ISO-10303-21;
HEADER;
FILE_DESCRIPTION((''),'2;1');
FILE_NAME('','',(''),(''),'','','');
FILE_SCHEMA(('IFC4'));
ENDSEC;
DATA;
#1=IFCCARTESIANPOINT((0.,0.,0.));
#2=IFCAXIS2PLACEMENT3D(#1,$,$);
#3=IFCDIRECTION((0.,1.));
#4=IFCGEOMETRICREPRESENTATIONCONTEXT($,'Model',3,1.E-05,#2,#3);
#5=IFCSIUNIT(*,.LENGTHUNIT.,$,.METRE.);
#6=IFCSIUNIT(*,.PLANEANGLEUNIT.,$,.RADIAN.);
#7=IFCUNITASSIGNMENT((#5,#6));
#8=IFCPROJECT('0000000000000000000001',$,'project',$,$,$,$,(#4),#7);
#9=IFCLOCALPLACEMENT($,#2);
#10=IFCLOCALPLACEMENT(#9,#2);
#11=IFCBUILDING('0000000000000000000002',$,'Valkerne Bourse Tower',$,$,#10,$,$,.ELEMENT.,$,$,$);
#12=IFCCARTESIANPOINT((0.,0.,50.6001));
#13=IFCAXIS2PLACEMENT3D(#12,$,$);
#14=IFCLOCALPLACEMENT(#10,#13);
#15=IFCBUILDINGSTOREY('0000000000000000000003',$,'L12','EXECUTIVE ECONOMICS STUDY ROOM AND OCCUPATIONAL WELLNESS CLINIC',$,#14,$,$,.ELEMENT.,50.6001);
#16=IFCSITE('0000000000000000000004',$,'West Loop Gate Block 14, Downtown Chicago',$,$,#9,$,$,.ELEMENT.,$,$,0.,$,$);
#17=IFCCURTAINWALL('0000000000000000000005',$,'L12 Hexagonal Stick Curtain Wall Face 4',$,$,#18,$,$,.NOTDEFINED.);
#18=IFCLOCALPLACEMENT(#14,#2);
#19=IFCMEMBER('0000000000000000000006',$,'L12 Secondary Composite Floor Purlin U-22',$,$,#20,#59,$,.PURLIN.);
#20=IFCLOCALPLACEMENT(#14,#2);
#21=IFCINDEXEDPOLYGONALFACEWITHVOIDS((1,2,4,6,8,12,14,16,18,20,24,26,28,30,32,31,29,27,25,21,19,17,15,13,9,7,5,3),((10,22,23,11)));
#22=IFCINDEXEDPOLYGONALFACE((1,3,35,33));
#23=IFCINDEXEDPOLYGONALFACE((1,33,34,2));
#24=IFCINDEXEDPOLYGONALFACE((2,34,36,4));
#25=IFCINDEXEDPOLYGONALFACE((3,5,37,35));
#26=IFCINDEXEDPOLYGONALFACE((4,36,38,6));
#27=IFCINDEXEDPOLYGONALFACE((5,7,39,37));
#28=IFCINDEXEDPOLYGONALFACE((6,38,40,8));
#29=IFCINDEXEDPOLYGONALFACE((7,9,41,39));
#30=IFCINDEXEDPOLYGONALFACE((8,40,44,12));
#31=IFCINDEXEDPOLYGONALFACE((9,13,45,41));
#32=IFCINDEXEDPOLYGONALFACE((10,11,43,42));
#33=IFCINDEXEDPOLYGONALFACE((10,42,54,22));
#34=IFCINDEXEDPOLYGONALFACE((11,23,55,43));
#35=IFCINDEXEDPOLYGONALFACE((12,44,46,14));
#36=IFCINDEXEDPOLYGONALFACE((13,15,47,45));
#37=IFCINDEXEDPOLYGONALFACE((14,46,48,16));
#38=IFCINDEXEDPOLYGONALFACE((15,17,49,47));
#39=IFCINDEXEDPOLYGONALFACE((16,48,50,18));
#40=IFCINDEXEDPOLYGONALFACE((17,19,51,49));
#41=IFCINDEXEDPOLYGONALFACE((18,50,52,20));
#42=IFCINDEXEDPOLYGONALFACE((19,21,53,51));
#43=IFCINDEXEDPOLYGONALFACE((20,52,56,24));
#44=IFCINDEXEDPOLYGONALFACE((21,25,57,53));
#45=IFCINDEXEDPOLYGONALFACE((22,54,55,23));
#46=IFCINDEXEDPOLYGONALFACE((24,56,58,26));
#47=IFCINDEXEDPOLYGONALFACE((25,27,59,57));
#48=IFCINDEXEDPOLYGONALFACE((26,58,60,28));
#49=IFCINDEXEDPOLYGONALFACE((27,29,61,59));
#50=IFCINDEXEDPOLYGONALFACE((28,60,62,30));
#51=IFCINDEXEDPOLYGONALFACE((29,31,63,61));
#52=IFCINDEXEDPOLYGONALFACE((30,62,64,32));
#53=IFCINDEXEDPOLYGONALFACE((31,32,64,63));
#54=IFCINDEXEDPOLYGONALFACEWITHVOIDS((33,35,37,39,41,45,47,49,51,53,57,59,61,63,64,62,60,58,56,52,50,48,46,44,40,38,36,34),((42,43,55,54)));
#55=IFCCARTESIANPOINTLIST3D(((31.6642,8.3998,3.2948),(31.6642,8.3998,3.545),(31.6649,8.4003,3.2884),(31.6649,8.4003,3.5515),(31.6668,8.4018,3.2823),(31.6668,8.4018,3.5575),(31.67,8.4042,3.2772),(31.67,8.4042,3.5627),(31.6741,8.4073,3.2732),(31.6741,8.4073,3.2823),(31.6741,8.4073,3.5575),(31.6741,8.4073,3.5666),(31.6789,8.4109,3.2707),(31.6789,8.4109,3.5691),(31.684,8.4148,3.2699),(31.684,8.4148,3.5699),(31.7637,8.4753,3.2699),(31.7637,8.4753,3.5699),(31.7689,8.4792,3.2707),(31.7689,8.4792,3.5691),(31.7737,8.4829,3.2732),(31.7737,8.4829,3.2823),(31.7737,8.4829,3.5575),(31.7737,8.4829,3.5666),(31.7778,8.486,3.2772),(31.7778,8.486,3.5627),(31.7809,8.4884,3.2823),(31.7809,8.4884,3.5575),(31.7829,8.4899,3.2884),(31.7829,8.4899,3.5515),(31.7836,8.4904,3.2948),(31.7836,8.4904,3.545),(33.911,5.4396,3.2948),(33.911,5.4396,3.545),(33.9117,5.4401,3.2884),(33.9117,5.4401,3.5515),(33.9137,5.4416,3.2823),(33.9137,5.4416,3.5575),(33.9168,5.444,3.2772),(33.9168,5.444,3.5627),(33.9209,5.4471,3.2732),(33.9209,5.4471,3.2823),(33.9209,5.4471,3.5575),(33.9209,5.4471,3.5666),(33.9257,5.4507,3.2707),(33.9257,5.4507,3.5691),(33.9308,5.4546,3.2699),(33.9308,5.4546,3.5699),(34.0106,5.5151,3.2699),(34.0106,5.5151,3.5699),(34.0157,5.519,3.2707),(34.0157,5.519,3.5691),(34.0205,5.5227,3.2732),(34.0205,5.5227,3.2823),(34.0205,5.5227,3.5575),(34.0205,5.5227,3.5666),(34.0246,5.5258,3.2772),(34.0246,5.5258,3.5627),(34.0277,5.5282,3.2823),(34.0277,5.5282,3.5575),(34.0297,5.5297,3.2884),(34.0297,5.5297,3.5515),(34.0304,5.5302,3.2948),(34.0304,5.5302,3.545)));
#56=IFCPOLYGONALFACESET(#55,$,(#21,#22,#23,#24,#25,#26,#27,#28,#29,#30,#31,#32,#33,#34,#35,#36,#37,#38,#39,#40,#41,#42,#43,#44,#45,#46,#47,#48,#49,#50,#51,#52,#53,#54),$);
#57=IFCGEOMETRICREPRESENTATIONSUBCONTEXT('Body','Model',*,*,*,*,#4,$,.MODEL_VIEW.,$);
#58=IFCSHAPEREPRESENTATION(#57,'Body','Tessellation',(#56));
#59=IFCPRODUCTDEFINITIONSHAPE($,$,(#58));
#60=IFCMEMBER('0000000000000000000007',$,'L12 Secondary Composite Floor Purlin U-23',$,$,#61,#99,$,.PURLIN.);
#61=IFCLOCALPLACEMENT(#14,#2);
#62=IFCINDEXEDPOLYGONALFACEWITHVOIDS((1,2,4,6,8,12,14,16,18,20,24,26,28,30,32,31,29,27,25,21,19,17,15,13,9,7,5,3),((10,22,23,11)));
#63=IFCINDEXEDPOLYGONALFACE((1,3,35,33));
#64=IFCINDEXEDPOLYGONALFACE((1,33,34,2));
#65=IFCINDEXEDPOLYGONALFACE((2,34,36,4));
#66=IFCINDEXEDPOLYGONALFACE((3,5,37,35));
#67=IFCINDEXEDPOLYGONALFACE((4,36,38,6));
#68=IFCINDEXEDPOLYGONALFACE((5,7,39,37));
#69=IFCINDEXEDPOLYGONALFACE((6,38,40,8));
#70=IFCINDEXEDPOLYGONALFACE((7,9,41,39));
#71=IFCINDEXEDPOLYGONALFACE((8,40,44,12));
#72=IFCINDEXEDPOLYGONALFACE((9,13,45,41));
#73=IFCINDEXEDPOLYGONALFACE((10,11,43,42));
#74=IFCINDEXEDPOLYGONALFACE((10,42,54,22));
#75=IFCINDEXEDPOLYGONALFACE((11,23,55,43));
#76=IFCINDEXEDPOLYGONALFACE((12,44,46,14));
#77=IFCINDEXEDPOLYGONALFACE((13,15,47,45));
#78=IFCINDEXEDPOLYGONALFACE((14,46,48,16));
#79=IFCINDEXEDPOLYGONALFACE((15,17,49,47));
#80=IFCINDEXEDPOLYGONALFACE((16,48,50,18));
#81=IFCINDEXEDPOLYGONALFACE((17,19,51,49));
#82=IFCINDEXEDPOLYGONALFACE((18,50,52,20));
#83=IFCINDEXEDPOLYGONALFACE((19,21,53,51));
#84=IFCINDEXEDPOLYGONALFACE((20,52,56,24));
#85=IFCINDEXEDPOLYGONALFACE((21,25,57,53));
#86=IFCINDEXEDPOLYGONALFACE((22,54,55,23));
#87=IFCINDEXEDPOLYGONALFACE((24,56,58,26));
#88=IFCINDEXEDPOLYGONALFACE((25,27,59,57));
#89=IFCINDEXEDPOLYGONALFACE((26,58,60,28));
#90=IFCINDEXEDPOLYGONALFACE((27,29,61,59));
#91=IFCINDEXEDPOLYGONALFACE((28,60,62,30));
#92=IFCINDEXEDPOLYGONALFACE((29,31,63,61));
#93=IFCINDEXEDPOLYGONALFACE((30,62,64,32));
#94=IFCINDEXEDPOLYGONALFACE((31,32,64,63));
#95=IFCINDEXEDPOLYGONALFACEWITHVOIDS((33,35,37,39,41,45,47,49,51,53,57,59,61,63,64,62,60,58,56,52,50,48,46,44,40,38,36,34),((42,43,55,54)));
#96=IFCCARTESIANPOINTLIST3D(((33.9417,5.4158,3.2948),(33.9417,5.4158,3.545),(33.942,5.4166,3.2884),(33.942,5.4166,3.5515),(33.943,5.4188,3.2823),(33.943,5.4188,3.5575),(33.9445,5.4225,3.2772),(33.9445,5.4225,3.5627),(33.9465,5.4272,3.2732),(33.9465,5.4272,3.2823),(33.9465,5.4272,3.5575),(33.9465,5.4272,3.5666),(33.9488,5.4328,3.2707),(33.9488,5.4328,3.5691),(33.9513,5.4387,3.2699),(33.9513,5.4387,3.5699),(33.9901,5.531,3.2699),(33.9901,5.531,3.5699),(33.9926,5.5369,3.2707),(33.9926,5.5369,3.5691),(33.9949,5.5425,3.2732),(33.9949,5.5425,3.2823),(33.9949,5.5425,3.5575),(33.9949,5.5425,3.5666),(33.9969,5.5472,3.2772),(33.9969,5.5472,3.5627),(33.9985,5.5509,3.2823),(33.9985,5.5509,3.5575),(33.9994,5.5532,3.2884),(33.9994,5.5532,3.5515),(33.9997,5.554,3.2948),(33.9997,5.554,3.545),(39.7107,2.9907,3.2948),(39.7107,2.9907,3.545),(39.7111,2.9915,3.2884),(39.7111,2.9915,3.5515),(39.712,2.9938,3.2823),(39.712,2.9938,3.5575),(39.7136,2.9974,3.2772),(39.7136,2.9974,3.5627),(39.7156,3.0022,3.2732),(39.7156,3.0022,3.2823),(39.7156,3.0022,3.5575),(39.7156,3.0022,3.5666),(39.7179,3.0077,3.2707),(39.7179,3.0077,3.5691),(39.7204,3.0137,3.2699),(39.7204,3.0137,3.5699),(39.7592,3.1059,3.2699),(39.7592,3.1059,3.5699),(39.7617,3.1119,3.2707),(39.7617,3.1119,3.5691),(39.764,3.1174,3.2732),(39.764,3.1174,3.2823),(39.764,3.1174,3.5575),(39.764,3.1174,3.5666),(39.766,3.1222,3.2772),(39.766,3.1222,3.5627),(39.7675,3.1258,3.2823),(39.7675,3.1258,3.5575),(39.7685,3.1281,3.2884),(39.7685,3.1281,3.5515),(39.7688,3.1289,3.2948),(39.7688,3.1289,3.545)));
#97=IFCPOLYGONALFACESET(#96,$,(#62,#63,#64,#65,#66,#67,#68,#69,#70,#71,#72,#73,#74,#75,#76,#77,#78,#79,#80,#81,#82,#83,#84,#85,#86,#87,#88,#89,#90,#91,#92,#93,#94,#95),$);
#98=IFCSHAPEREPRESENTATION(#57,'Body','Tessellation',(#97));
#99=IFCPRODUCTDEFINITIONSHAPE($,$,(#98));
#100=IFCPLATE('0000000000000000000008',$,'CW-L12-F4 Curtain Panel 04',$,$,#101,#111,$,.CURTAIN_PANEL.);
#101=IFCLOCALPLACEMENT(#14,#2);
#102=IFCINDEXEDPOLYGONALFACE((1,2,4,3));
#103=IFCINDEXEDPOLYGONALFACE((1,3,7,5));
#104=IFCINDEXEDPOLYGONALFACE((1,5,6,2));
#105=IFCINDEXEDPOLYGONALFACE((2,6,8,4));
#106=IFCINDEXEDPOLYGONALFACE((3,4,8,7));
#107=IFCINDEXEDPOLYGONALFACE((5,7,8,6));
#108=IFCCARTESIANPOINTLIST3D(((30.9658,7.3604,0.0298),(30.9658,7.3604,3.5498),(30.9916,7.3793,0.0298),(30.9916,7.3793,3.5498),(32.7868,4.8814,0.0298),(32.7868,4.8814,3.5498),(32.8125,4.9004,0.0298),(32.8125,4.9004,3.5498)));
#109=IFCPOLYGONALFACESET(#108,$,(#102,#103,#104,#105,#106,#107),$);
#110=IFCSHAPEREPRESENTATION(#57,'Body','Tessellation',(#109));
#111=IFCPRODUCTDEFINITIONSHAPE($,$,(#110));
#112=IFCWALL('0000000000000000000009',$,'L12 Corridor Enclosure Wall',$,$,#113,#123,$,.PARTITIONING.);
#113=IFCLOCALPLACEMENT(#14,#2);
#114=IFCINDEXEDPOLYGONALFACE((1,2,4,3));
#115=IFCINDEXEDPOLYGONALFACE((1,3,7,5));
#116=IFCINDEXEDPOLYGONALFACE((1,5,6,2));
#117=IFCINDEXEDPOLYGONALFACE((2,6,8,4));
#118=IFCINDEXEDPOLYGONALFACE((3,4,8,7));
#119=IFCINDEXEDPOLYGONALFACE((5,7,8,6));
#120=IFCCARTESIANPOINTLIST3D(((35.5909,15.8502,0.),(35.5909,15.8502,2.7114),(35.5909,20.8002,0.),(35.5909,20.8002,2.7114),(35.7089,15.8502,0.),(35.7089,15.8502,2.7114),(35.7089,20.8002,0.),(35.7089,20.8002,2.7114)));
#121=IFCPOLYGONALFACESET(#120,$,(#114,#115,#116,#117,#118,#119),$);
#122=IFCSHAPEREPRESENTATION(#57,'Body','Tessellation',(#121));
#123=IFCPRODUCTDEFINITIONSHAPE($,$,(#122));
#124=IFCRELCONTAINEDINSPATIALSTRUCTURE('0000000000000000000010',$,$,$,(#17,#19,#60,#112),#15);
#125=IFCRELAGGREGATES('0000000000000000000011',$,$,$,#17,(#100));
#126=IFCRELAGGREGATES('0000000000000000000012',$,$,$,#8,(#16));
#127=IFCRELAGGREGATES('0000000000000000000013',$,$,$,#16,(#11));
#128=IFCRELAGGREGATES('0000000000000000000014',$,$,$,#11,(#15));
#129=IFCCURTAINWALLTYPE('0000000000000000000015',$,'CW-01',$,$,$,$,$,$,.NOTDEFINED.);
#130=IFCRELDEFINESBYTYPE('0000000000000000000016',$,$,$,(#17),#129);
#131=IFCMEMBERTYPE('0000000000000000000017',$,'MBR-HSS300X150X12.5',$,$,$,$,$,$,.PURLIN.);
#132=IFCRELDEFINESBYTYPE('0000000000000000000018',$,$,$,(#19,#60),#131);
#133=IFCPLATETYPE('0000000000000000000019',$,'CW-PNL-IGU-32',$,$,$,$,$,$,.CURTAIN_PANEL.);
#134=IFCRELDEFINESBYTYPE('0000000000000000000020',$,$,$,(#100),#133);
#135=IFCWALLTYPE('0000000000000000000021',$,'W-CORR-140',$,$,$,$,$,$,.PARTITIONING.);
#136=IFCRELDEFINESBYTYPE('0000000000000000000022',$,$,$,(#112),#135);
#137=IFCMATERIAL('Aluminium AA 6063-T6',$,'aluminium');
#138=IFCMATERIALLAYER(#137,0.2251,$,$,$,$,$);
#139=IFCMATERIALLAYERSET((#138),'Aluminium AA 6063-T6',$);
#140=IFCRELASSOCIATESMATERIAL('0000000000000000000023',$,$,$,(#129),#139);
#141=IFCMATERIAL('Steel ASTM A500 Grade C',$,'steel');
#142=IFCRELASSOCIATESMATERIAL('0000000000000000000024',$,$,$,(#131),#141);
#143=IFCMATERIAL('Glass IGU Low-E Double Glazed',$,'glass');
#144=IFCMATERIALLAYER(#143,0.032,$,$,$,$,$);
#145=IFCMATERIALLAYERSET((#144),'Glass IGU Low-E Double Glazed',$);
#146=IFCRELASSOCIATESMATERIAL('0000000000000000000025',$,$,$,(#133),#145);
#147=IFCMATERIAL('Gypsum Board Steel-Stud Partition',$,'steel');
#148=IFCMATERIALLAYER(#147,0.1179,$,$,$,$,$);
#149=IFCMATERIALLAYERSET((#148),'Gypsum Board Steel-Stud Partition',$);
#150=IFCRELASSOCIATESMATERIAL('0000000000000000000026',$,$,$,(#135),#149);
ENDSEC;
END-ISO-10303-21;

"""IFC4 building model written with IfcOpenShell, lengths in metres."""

from ifc_helpers import new_model, si_unit, direction, frame, frame_2d, origin, origin_2d, place, context, subcontext, project, spatial, rectangle, hollow_rectangle, extrude, material, layer, layer_set, material_profile, profile_set, type_object, element, aggregate, save


model = new_model("IFC4")

# Units and contexts
model_context = context("Model", 3, precision=1e-05, world=origin(), true_north=direction((0.0, 1.0)))
body_context = subcontext(model_context, "Body", "Model", "MODEL_VIEW")
ifc_project = project(units=[si_unit("LENGTHUNIT", "METRE"), si_unit("PLANEANGLEUNIT", "RADIAN")], contexts=[model_context])

# Site, building, storey
site_placement = place(None, origin())
site = spatial("IfcSite", under=ifc_project, at=site_placement, Name="West Loop Gate Block 14, Downtown Chicago", CompositionType="ELEMENT", RefElevation=0.0)
building_placement = place(site_placement, origin())
building = spatial("IfcBuilding", under=site, at=building_placement, Name="Valkerne Bourse Tower", CompositionType="ELEMENT")
storey_placement = place(building_placement, frame((0.0, 0.0, 50.6001)))
storey = spatial("IfcBuildingStorey", under=building, at=storey_placement, Name="L12", Description="EXECUTIVE ECONOMICS STUDY ROOM AND OCCUPATIONAL WELLNESS CLINIC", CompositionType="ELEMENT", Elevation=50.6001)

# Curtain wall
ifc_material_1 = material(Name="Aluminium AA 6063-T6", Category="aluminium")
ifc_layer_1 = layer(ifc_material_1, 0.2251)
ifc_layer_set_1 = layer_set([ifc_layer_1], Name="Aluminium AA 6063-T6")
curtain_wall_type = type_object("IfcCurtainWallType", Name="CW-01", PredefinedType="NOTDEFINED", material=ifc_layer_set_1)
curtain_wall_placement = place(storey_placement, origin())
curtain_wall = element("IfcCurtainWall", 1, at=curtain_wall_placement, inside=storey, type_object=curtain_wall_type, Name="L12 Hexagonal Stick Curtain Wall Face 4", PredefinedType="NOTDEFINED")

# Members
ifc_material_2 = material(Name="Steel ASTM A500 Grade C", Category="steel")
ifc_material_profile_1 = material_profile(ifc_material_2, hollow_rectangle(XDim=0.1499, YDim=0.3, WallThickness=0.0125, OuterFilletRadius=0.0249, at=origin_2d()), Name="HSS300X150X12.5")
ifc_profile_set_1 = profile_set([ifc_material_profile_1], Name="Steel ASTM A500 Grade C")
member_type_1 = type_object("IfcMemberType", Name="MBR-HSS300X150X12.5", PredefinedType="PURLIN", material=ifc_profile_set_1)
member_1_placement = place(storey_placement, frame((31.7239, 8.4451, 3.4199), z_axis=(0.604583, -0.796542, 0.0), x_axis=(0.796542, 0.604583, 0.0)))
element("IfcMember", 2, at=member_1_placement, inside=storey, type_object=member_type_1, Name="L12 Secondary Composite Floor Purlin U-22", PredefinedType="PURLIN", context=body_context, shape_type="SweptSolid", body=[
    extrude(hollow_rectangle(XDim=0.1499, YDim=0.3, WallThickness=0.0125, OuterFilletRadius=0.0249, at=origin_2d()), origin(), (0.0, 0.0, 1.0), 3.7163),
])
member_2_placement = place(storey_placement, frame((33.9707, 5.4849, 3.4199), z_axis=(0.921865, -0.387511, 0.0), x_axis=(0.387511, 0.921865, 0.0)))
element("IfcMember", 3, at=member_2_placement, inside=storey, type_object=member_type_1, Name="L12 Secondary Composite Floor Purlin U-23", PredefinedType="PURLIN", context=body_context, shape_type="SweptSolid", body=[
    extrude(hollow_rectangle(XDim=0.1499, YDim=0.3, WallThickness=0.0125, OuterFilletRadius=0.0249, at=origin_2d()), origin(), (0.0, 0.0, 1.0), 6.2581),
])

# Plate
ifc_material_3 = material(Name="Glass IGU Low-E Double Glazed", Category="glass")
ifc_layer_2 = layer(ifc_material_3, 0.032)
ifc_layer_set_2 = layer_set([ifc_layer_2], Name="Glass IGU Low-E Double Glazed")
plate_type = type_object("IfcPlateType", Name="CW-PNL-IGU-32", PredefinedType="CURTAIN_PANEL", material=ifc_layer_set_2)
plate_placement = place(storey_placement, frame((31.8892, 6.1304, 0.0298), z_axis=(0.0, 0.0, 1.0), x_axis=(0.592014, -0.805927, 0.0)))
plate = element("IfcPlate", 4, at=plate_placement, type_object=plate_type, Name="CW-L12-F4 Curtain Panel 04", PredefinedType="CURTAIN_PANEL", context=body_context, shape_type="SweptSolid", body=[
    extrude(rectangle(XDim=3.0759, YDim=0.032, at=origin_2d()), origin(), (0.0, 0.0, 1.0), 3.52),
])
aggregate(curtain_wall, [plate])

# Wall
ifc_material_4 = material(Name="Gypsum Board Steel-Stud Partition", Category="steel")
ifc_layer_3 = layer(ifc_material_4, 0.1179)
ifc_layer_set_3 = layer_set([ifc_layer_3], Name="Gypsum Board Steel-Stud Partition")
wall_type = type_object("IfcWallType", Name="W-CORR-140", PredefinedType="PARTITIONING", material=ifc_layer_set_3)
wall_placement = place(storey_placement, frame((35.6499, 15.8501, 0.0), z_axis=(0.0, 0.0, 1.0), x_axis=(0.0, 1.0, 0.0)))
element("IfcWall", 5, at=wall_placement, inside=storey, type_object=wall_type, Name="L12 Corridor Enclosure Wall", PredefinedType="PARTITIONING", context=body_context, shape_type="SweptSolid", body=[
    extrude(rectangle(XDim=4.95, YDim=0.1179, at=frame_2d((2.4751, 0.0))), origin(), (0.0, 0.0, 1.0), 2.7114),
])

save(model, "model.ifc")
